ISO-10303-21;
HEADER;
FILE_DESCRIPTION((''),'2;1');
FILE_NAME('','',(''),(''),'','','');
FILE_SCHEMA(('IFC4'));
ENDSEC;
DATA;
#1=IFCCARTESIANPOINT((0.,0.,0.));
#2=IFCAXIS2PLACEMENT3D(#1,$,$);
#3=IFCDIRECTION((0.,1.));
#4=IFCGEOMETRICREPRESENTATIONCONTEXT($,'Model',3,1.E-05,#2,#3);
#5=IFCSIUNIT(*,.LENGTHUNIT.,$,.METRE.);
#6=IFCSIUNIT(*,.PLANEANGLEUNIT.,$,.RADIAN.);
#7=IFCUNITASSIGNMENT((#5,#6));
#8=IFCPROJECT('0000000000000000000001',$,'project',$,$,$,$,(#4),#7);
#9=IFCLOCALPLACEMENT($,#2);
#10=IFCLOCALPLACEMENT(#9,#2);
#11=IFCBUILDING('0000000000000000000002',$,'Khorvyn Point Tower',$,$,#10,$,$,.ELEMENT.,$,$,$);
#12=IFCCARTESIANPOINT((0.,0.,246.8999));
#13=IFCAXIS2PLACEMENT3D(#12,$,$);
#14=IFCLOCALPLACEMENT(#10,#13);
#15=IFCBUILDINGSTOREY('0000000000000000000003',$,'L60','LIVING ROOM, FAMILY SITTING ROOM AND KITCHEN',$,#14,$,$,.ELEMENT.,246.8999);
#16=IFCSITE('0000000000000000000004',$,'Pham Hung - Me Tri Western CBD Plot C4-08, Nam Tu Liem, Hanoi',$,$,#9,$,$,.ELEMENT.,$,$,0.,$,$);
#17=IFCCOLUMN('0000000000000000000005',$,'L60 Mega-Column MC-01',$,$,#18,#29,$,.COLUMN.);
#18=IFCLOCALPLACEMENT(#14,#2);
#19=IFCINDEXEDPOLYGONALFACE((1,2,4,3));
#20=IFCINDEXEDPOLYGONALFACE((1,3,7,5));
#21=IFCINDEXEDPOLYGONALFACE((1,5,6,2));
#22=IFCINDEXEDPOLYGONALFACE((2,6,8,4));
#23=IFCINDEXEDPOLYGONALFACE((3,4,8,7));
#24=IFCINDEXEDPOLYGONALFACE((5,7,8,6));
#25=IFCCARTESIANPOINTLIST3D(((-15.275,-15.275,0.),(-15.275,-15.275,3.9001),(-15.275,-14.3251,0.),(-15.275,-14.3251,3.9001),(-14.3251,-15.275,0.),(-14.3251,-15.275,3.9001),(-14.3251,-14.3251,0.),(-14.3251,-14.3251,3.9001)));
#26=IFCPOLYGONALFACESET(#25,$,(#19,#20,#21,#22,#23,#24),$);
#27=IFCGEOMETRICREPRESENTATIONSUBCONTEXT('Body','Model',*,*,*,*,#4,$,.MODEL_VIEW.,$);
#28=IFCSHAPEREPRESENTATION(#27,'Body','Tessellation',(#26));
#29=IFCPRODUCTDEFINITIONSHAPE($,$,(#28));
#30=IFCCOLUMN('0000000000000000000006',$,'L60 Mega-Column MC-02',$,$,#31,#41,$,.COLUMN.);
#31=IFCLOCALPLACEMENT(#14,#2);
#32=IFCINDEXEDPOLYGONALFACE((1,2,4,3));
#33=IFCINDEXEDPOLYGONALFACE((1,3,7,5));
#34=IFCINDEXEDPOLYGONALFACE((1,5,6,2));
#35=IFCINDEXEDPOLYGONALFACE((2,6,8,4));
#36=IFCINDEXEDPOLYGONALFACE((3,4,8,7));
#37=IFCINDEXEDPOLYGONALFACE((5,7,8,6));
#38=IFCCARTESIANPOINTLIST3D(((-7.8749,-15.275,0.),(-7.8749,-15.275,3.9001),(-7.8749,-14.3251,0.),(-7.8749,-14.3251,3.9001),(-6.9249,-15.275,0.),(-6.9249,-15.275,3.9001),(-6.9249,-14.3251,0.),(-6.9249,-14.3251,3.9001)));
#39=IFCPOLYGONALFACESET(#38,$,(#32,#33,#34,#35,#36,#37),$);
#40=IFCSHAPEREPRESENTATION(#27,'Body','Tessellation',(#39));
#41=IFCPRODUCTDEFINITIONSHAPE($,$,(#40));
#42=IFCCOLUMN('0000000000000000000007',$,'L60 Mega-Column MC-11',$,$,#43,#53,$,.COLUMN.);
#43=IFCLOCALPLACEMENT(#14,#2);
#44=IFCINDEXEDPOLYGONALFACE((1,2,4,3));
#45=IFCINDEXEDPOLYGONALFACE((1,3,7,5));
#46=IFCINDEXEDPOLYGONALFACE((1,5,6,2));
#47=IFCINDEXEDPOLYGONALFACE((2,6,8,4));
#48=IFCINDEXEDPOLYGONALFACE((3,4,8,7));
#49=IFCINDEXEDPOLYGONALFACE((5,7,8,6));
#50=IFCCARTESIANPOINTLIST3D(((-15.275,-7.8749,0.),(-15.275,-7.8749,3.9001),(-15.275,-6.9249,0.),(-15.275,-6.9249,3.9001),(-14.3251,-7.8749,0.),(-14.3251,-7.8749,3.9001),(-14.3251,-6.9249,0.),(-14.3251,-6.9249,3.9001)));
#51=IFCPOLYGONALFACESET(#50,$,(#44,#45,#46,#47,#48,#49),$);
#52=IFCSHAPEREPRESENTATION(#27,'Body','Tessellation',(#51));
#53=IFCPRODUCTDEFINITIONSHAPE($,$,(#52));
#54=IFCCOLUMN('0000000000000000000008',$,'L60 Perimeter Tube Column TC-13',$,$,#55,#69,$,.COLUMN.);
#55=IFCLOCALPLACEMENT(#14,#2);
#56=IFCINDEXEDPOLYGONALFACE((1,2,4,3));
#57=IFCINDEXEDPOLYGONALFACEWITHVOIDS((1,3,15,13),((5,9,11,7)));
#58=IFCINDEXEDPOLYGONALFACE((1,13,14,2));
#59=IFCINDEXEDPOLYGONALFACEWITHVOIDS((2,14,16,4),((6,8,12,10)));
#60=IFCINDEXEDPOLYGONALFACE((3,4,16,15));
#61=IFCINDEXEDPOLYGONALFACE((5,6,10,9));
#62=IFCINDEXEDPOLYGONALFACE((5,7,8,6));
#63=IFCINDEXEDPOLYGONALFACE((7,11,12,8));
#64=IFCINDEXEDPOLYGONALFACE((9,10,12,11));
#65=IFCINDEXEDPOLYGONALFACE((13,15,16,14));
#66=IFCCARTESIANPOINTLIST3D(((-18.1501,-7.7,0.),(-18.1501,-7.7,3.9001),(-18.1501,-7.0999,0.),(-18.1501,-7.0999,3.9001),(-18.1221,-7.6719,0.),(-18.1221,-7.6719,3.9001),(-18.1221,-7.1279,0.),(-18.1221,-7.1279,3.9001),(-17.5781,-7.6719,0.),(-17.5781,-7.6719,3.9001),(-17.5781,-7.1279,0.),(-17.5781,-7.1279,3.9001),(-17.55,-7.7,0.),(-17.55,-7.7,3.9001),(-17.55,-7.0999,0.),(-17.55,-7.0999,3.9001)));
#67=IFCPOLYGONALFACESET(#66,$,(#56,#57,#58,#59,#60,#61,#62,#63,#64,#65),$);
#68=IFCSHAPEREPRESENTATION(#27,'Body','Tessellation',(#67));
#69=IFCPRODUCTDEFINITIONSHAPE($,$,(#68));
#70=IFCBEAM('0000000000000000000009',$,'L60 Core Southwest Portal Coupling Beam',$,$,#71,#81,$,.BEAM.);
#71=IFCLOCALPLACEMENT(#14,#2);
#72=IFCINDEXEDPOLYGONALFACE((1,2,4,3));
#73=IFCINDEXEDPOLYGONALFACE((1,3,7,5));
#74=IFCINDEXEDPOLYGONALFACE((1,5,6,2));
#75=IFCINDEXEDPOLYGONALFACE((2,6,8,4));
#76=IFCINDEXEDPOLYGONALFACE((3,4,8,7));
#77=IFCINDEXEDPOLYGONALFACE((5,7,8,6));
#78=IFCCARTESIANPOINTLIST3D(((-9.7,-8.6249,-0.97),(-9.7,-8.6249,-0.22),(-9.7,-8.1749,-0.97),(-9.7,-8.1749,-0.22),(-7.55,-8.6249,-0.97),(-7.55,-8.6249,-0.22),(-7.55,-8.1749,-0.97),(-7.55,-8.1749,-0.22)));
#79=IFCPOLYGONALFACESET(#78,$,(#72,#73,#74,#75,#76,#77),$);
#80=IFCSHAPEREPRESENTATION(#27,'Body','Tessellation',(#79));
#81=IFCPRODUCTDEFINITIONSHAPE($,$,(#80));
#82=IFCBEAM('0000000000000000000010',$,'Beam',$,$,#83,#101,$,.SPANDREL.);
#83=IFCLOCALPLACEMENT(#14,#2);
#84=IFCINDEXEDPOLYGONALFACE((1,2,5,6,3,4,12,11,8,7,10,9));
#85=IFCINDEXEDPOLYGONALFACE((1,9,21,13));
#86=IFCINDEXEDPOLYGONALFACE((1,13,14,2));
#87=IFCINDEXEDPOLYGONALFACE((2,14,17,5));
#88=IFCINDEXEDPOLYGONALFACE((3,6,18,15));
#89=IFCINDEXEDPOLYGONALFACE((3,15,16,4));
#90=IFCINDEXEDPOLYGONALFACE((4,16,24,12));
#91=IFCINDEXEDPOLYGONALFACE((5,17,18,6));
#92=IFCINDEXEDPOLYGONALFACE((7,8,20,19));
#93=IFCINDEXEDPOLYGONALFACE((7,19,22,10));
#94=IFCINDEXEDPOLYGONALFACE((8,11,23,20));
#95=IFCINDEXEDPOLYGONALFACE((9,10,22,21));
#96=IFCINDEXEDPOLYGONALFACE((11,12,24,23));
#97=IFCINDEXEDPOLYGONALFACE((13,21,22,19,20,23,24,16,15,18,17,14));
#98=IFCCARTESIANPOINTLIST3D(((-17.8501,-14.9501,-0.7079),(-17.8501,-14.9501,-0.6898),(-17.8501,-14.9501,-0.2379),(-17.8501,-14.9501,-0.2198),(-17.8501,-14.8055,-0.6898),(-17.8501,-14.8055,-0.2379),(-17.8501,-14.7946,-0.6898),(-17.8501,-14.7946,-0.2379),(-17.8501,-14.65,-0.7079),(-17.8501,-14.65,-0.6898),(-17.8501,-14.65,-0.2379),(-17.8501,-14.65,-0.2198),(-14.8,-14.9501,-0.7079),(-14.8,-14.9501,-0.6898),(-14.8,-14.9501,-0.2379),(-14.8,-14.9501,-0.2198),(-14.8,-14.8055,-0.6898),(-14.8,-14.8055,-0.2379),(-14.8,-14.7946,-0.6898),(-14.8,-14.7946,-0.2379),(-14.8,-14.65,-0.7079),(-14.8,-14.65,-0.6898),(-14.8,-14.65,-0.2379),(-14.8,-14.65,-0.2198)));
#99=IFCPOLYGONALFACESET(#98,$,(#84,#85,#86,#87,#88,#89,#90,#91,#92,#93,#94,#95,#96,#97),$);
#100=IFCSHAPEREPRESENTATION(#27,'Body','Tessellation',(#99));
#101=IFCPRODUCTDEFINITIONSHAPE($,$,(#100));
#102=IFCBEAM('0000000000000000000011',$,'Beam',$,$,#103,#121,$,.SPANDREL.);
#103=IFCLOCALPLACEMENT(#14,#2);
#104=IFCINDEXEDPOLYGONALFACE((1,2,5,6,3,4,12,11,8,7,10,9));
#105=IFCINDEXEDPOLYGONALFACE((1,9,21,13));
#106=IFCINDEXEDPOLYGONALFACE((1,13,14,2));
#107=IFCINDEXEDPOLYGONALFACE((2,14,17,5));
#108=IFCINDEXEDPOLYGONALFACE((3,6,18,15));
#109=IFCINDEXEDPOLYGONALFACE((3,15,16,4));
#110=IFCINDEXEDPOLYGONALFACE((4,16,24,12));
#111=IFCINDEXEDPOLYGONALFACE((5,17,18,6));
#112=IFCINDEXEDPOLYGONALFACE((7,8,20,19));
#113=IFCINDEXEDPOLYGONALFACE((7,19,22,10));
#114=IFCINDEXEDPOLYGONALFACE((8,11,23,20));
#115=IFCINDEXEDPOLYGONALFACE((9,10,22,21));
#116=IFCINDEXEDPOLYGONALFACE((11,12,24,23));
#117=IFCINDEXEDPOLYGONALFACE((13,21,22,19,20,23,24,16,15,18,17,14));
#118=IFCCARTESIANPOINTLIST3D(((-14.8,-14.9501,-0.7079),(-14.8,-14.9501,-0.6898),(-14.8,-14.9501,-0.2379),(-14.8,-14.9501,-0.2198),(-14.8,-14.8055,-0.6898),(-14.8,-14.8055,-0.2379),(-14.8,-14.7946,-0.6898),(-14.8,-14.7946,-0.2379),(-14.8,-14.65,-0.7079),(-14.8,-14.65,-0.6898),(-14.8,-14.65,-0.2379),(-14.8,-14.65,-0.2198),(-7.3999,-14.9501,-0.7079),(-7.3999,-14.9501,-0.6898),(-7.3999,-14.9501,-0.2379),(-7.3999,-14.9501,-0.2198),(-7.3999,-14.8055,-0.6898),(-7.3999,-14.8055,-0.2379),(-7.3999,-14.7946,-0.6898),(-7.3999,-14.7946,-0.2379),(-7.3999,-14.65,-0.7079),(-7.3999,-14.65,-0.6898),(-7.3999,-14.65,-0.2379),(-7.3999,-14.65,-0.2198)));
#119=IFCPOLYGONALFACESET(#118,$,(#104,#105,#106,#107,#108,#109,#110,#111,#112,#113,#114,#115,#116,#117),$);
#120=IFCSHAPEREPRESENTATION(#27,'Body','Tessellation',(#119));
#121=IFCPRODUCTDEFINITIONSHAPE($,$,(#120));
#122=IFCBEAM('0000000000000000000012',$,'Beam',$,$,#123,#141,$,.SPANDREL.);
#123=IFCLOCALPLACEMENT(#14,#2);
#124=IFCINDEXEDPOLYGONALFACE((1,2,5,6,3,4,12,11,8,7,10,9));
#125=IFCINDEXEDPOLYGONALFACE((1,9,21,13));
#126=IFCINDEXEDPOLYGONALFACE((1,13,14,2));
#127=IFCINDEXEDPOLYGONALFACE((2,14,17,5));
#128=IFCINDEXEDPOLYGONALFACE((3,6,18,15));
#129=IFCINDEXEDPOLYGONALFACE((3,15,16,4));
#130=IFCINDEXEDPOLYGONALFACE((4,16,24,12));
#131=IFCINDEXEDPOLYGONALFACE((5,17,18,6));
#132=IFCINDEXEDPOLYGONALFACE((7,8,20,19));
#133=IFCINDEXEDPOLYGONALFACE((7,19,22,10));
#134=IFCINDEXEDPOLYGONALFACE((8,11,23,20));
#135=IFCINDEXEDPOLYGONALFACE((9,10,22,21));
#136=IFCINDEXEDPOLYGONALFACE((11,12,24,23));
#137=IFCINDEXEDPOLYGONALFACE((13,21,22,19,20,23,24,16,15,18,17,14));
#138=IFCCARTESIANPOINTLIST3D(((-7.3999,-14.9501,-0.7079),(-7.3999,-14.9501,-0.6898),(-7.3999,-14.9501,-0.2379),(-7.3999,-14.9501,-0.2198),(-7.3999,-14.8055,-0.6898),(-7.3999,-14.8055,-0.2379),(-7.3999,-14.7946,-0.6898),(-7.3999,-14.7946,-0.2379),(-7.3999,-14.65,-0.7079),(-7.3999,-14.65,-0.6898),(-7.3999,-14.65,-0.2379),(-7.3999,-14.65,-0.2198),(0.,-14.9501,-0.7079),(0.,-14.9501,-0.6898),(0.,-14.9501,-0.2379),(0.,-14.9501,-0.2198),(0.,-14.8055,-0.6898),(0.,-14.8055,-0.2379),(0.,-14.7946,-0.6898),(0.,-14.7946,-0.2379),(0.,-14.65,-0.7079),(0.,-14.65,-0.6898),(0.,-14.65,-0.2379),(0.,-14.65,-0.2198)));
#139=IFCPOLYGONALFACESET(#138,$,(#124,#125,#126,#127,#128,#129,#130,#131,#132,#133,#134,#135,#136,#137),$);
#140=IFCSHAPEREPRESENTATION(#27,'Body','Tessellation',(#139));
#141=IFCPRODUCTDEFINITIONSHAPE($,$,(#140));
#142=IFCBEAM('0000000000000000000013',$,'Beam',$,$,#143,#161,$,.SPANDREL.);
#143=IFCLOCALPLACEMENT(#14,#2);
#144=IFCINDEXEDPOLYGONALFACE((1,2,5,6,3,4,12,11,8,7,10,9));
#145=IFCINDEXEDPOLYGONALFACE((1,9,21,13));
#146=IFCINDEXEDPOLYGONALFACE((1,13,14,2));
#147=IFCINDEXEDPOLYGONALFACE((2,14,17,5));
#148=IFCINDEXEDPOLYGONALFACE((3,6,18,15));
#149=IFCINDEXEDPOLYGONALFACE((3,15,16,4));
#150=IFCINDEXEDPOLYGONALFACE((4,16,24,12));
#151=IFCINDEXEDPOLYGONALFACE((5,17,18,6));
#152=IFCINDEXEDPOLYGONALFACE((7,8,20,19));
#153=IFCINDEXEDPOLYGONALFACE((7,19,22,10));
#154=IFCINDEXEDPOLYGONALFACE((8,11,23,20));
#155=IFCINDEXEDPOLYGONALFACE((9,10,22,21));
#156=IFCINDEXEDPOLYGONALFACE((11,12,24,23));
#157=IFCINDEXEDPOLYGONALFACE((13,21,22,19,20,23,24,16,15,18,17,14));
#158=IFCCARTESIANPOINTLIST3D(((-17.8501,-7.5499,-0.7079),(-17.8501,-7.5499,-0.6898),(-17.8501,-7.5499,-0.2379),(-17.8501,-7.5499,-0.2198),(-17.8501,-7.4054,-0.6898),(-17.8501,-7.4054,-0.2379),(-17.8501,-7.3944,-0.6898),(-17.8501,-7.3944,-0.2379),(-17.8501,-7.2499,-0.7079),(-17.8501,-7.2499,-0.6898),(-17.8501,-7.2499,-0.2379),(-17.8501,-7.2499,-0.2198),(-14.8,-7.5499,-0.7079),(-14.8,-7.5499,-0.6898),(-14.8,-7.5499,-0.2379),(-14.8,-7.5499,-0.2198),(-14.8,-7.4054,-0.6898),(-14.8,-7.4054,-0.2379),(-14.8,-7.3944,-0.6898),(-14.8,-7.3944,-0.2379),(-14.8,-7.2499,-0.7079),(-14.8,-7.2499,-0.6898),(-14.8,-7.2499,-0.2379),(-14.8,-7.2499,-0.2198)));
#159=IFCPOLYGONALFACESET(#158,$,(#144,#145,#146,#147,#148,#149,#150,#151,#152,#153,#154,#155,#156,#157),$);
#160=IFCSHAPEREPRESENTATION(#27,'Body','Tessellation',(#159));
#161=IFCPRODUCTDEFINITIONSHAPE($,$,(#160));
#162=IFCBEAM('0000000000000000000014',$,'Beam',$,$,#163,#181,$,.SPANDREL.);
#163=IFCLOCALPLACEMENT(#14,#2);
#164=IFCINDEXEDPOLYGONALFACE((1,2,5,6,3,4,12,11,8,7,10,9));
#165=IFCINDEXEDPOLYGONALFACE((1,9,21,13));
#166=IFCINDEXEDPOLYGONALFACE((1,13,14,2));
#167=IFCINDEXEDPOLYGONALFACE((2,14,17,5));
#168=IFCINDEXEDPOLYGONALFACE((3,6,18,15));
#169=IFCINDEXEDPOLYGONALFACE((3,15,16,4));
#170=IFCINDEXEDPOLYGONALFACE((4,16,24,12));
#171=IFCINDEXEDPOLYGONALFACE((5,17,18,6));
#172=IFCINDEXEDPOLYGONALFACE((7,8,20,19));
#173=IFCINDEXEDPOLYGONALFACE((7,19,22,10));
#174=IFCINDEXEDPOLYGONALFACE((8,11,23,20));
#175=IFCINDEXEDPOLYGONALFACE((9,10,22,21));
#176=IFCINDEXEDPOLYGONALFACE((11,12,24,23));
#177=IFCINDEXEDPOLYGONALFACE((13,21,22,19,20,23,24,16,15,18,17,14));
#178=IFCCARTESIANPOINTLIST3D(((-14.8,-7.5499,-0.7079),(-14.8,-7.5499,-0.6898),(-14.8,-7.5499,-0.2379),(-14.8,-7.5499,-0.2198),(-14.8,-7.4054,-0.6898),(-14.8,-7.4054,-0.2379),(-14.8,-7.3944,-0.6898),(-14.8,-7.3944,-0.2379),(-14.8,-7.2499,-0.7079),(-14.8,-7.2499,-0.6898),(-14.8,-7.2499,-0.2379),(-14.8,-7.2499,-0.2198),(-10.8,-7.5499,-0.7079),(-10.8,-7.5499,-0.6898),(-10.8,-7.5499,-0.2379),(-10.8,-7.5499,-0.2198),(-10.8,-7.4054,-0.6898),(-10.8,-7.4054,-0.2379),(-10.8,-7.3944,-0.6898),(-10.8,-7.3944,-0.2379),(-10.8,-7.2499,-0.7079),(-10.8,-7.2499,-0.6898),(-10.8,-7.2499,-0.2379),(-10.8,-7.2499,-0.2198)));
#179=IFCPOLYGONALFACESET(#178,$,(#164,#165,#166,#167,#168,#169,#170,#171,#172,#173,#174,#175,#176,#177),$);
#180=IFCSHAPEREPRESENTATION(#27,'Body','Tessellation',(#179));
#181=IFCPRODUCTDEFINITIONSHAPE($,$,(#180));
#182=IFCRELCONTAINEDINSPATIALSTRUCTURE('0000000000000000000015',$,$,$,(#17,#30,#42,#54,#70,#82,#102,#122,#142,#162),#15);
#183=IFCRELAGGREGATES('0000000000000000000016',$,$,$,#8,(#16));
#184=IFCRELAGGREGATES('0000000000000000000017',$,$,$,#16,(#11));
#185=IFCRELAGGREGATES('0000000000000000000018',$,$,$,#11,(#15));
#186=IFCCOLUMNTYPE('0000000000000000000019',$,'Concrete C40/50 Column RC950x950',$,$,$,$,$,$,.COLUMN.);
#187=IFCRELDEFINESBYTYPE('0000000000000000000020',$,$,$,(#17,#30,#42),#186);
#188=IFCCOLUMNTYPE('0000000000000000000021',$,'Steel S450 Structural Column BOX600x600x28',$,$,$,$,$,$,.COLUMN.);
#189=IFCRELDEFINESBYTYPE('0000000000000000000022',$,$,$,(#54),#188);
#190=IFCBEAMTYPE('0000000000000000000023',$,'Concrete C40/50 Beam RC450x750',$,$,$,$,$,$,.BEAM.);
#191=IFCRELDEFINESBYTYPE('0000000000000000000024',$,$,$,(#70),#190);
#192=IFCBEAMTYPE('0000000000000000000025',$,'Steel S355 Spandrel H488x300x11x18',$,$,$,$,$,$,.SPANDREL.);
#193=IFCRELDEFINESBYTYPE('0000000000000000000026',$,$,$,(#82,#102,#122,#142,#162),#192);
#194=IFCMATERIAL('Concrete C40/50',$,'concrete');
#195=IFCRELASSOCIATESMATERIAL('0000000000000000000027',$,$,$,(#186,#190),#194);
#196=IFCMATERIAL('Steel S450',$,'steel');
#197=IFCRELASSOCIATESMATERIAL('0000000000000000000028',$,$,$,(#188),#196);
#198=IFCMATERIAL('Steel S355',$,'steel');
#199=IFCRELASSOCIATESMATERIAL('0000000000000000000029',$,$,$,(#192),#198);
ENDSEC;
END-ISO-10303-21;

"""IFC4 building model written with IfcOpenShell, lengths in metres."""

from ifc_helpers import new_model, si_unit, direction, frame, origin, origin_2d, place, context, subcontext, project, spatial, rectangle, hollow_rectangle, i_section, extrude, material, material_profile, profile_set, type_object, element, save


model = new_model("IFC4")

# Units and contexts
model_context = context("Model", 3, precision=1e-05, world=origin(), true_north=direction((0.0, 1.0)))
body_context = subcontext(model_context, "Body", "Model", "MODEL_VIEW")
ifc_project = project(units=[si_unit("LENGTHUNIT", "METRE"), si_unit("PLANEANGLEUNIT", "RADIAN")], contexts=[model_context])

# Site, building, storey
site_placement = place(None, origin())
site = spatial("IfcSite", under=ifc_project, at=site_placement, Name="Pham Hung - Me Tri Western CBD Plot C4-08, Nam Tu Liem, Hanoi", CompositionType="ELEMENT", RefElevation=0.0)
building_placement = place(site_placement, origin())
building = spatial("IfcBuilding", under=site, at=building_placement, Name="Khorvyn Point Tower", CompositionType="ELEMENT")
storey_placement = place(building_placement, frame((0.0, 0.0, 246.8999)))
storey = spatial("IfcBuildingStorey", under=building, at=storey_placement, Name="L60", Description="LIVING ROOM, FAMILY SITTING ROOM AND KITCHEN", CompositionType="ELEMENT", Elevation=246.8999)

# Columns
ifc_material_1 = material(Name="Concrete C40/50", Category="concrete")
ifc_material_profile_1 = material_profile(ifc_material_1, rectangle(XDim=0.95, YDim=0.95, at=origin_2d()))
ifc_profile_set_1 = profile_set([ifc_material_profile_1], Name="Concrete C40/50 RC950x950")
column_type_1 = type_object("IfcColumnType", Name="Concrete C40/50 Column RC950x950", PredefinedType="COLUMN", material=ifc_profile_set_1)
for number, where, z_axis, x_axis, name in (
    (1, (-14.8, -14.8, 0.0), (0.0, 0.0, 1.0), (1.0, 0.0, 0.0), "L60 Mega-Column MC-01"),
    (2, (-7.3999, -14.8, 0.0), (0.0, 0.0, 1.0), (1.0, 0.0, 0.0), "L60 Mega-Column MC-02"),
    (3, (-14.8, -7.3999, 0.0), (0.0, 0.0, 1.0), (1.0, 0.0, 0.0), "L60 Mega-Column MC-11"),
):
    element("IfcColumn", number, at=place(storey_placement, frame(where, z_axis=z_axis, x_axis=x_axis)), inside=storey, type_object=column_type_1, Name=name, PredefinedType="COLUMN", context=body_context, shape_type="SweptSolid", body=[
        extrude(rectangle(XDim=0.95, YDim=0.95, at=origin_2d()), origin(), (0.0, 0.0, 1.0), 3.9001),
    ])
ifc_material_2 = material(Name="Steel S450", Category="steel")
ifc_material_profile_2 = material_profile(ifc_material_2, hollow_rectangle(XDim=0.6001, YDim=0.6001, WallThickness=0.0281, at=origin_2d()))
ifc_profile_set_2 = profile_set([ifc_material_profile_2], Name="Steel S450 BOX600x600x28")
column_type_2 = type_object("IfcColumnType", Name="Steel S450 Structural Column BOX600x600x28", PredefinedType="COLUMN", material=ifc_profile_set_2)
column_placement = place(storey_placement, frame((-17.8501, -7.3999, 0.0), z_axis=(0.0, 0.0, 1.0), x_axis=(1.0, 0.0, 0.0)))
element("IfcColumn", 4, at=column_placement, inside=storey, type_object=column_type_2, Name="L60 Perimeter Tube Column TC-13", PredefinedType="COLUMN", context=body_context, shape_type="SweptSolid", body=[
    extrude(hollow_rectangle(XDim=0.6001, YDim=0.6001, WallThickness=0.0281, at=origin_2d()), origin(), (0.0, 0.0, 1.0), 3.9001),
])

# Beams
ifc_material_profile_3 = material_profile(ifc_material_1, rectangle(XDim=0.45, YDim=0.75, at=origin_2d()))
ifc_profile_set_3 = profile_set([ifc_material_profile_3], Name="Concrete C40/50 RC450x750")
beam_type_1 = type_object("IfcBeamType", Name="Concrete C40/50 Beam RC450x750", PredefinedType="BEAM", material=ifc_profile_set_3)
beam_1_placement = place(storey_placement, frame((-9.7, -8.3999, -0.595), z_axis=(1.0, 0.0, 0.0), x_axis=(0.0, 1.0, 0.0)))
element("IfcBeam", 5, at=beam_1_placement, inside=storey, type_object=beam_type_1, Name="L60 Core Southwest Portal Coupling Beam", PredefinedType="BEAM", context=body_context, shape_type="SweptSolid", body=[
    extrude(rectangle(XDim=0.45, YDim=0.75, at=origin_2d()), origin(), (0.0, 0.0, 1.0), 2.1499),
])
ifc_material_3 = material(Name="Steel S355", Category="steel")
ifc_material_profile_4 = material_profile(ifc_material_3, i_section(OverallWidth=0.3, OverallDepth=0.488, WebThickness=0.011, FlangeThickness=0.0181, at=origin_2d()))
ifc_profile_set_4 = profile_set([ifc_material_profile_4], Name="Steel S355 H488x300x11x18")
beam_type_2 = type_object("IfcBeamType", Name="Steel S355 Spandrel H488x300x11x18", PredefinedType="SPANDREL", material=ifc_profile_set_4)
beam_2_placement = place(storey_placement, frame((-17.8501, -14.8, -0.4639), z_axis=(1.0, 0.0, 0.0), x_axis=(0.0, 1.0, 0.0)))
element("IfcBeam", 6, at=beam_2_placement, inside=storey, type_object=beam_type_2, Name="Beam", PredefinedType="SPANDREL", context=body_context, shape_type="SweptSolid", body=[
    extrude(i_section(OverallWidth=0.3, OverallDepth=0.488, WebThickness=0.011, FlangeThickness=0.0181, at=origin_2d()), origin(), (0.0, 0.0, 1.0), 3.05),
])
beam_3_placement = place(storey_placement, frame((-14.8, -14.8, -0.4639), z_axis=(1.0, 0.0, 0.0), x_axis=(0.0, 1.0, 0.0)))
element("IfcBeam", 7, at=beam_3_placement, inside=storey, type_object=beam_type_2, Name="Beam", PredefinedType="SPANDREL", context=body_context, shape_type="SweptSolid", body=[
    extrude(i_section(OverallWidth=0.3, OverallDepth=0.488, WebThickness=0.011, FlangeThickness=0.0181, at=origin_2d()), origin(), (0.0, 0.0, 1.0), 7.4001),
])
beam_4_placement = place(storey_placement, frame((-7.3999, -14.8, -0.4639), z_axis=(1.0, 0.0, 0.0), x_axis=(0.0, 1.0, 0.0)))
element("IfcBeam", 8, at=beam_4_placement, inside=storey, type_object=beam_type_2, Name="Beam", PredefinedType="SPANDREL", context=body_context, shape_type="SweptSolid", body=[
    extrude(i_section(OverallWidth=0.3, OverallDepth=0.488, WebThickness=0.011, FlangeThickness=0.0181, at=origin_2d()), origin(), (0.0, 0.0, 1.0), 7.3999),
])
beam_5_placement = place(storey_placement, frame((-17.8501, -7.3999, -0.4639), z_axis=(1.0, 0.0, 0.0), x_axis=(0.0, 1.0, 0.0)))
element("IfcBeam", 9, at=beam_5_placement, inside=storey, type_object=beam_type_2, Name="Beam", PredefinedType="SPANDREL", context=body_context, shape_type="SweptSolid", body=[
    extrude(i_section(OverallWidth=0.3, OverallDepth=0.488, WebThickness=0.011, FlangeThickness=0.0181, at=origin_2d()), origin(), (0.0, 0.0, 1.0), 3.05),
])
beam_6_placement = place(storey_placement, frame((-14.8, -7.3999, -0.4639), z_axis=(1.0, 0.0, 0.0), x_axis=(0.0, 1.0, 0.0)))
element("IfcBeam", 10, at=beam_6_placement, inside=storey, type_object=beam_type_2, Name="Beam", PredefinedType="SPANDREL", context=body_context, shape_type="SweptSolid", body=[
    extrude(i_section(OverallWidth=0.3, OverallDepth=0.488, WebThickness=0.011, FlangeThickness=0.0181, at=origin_2d()), origin(), (0.0, 0.0, 1.0), 4.0),
])

save(model, "model.ifc")
